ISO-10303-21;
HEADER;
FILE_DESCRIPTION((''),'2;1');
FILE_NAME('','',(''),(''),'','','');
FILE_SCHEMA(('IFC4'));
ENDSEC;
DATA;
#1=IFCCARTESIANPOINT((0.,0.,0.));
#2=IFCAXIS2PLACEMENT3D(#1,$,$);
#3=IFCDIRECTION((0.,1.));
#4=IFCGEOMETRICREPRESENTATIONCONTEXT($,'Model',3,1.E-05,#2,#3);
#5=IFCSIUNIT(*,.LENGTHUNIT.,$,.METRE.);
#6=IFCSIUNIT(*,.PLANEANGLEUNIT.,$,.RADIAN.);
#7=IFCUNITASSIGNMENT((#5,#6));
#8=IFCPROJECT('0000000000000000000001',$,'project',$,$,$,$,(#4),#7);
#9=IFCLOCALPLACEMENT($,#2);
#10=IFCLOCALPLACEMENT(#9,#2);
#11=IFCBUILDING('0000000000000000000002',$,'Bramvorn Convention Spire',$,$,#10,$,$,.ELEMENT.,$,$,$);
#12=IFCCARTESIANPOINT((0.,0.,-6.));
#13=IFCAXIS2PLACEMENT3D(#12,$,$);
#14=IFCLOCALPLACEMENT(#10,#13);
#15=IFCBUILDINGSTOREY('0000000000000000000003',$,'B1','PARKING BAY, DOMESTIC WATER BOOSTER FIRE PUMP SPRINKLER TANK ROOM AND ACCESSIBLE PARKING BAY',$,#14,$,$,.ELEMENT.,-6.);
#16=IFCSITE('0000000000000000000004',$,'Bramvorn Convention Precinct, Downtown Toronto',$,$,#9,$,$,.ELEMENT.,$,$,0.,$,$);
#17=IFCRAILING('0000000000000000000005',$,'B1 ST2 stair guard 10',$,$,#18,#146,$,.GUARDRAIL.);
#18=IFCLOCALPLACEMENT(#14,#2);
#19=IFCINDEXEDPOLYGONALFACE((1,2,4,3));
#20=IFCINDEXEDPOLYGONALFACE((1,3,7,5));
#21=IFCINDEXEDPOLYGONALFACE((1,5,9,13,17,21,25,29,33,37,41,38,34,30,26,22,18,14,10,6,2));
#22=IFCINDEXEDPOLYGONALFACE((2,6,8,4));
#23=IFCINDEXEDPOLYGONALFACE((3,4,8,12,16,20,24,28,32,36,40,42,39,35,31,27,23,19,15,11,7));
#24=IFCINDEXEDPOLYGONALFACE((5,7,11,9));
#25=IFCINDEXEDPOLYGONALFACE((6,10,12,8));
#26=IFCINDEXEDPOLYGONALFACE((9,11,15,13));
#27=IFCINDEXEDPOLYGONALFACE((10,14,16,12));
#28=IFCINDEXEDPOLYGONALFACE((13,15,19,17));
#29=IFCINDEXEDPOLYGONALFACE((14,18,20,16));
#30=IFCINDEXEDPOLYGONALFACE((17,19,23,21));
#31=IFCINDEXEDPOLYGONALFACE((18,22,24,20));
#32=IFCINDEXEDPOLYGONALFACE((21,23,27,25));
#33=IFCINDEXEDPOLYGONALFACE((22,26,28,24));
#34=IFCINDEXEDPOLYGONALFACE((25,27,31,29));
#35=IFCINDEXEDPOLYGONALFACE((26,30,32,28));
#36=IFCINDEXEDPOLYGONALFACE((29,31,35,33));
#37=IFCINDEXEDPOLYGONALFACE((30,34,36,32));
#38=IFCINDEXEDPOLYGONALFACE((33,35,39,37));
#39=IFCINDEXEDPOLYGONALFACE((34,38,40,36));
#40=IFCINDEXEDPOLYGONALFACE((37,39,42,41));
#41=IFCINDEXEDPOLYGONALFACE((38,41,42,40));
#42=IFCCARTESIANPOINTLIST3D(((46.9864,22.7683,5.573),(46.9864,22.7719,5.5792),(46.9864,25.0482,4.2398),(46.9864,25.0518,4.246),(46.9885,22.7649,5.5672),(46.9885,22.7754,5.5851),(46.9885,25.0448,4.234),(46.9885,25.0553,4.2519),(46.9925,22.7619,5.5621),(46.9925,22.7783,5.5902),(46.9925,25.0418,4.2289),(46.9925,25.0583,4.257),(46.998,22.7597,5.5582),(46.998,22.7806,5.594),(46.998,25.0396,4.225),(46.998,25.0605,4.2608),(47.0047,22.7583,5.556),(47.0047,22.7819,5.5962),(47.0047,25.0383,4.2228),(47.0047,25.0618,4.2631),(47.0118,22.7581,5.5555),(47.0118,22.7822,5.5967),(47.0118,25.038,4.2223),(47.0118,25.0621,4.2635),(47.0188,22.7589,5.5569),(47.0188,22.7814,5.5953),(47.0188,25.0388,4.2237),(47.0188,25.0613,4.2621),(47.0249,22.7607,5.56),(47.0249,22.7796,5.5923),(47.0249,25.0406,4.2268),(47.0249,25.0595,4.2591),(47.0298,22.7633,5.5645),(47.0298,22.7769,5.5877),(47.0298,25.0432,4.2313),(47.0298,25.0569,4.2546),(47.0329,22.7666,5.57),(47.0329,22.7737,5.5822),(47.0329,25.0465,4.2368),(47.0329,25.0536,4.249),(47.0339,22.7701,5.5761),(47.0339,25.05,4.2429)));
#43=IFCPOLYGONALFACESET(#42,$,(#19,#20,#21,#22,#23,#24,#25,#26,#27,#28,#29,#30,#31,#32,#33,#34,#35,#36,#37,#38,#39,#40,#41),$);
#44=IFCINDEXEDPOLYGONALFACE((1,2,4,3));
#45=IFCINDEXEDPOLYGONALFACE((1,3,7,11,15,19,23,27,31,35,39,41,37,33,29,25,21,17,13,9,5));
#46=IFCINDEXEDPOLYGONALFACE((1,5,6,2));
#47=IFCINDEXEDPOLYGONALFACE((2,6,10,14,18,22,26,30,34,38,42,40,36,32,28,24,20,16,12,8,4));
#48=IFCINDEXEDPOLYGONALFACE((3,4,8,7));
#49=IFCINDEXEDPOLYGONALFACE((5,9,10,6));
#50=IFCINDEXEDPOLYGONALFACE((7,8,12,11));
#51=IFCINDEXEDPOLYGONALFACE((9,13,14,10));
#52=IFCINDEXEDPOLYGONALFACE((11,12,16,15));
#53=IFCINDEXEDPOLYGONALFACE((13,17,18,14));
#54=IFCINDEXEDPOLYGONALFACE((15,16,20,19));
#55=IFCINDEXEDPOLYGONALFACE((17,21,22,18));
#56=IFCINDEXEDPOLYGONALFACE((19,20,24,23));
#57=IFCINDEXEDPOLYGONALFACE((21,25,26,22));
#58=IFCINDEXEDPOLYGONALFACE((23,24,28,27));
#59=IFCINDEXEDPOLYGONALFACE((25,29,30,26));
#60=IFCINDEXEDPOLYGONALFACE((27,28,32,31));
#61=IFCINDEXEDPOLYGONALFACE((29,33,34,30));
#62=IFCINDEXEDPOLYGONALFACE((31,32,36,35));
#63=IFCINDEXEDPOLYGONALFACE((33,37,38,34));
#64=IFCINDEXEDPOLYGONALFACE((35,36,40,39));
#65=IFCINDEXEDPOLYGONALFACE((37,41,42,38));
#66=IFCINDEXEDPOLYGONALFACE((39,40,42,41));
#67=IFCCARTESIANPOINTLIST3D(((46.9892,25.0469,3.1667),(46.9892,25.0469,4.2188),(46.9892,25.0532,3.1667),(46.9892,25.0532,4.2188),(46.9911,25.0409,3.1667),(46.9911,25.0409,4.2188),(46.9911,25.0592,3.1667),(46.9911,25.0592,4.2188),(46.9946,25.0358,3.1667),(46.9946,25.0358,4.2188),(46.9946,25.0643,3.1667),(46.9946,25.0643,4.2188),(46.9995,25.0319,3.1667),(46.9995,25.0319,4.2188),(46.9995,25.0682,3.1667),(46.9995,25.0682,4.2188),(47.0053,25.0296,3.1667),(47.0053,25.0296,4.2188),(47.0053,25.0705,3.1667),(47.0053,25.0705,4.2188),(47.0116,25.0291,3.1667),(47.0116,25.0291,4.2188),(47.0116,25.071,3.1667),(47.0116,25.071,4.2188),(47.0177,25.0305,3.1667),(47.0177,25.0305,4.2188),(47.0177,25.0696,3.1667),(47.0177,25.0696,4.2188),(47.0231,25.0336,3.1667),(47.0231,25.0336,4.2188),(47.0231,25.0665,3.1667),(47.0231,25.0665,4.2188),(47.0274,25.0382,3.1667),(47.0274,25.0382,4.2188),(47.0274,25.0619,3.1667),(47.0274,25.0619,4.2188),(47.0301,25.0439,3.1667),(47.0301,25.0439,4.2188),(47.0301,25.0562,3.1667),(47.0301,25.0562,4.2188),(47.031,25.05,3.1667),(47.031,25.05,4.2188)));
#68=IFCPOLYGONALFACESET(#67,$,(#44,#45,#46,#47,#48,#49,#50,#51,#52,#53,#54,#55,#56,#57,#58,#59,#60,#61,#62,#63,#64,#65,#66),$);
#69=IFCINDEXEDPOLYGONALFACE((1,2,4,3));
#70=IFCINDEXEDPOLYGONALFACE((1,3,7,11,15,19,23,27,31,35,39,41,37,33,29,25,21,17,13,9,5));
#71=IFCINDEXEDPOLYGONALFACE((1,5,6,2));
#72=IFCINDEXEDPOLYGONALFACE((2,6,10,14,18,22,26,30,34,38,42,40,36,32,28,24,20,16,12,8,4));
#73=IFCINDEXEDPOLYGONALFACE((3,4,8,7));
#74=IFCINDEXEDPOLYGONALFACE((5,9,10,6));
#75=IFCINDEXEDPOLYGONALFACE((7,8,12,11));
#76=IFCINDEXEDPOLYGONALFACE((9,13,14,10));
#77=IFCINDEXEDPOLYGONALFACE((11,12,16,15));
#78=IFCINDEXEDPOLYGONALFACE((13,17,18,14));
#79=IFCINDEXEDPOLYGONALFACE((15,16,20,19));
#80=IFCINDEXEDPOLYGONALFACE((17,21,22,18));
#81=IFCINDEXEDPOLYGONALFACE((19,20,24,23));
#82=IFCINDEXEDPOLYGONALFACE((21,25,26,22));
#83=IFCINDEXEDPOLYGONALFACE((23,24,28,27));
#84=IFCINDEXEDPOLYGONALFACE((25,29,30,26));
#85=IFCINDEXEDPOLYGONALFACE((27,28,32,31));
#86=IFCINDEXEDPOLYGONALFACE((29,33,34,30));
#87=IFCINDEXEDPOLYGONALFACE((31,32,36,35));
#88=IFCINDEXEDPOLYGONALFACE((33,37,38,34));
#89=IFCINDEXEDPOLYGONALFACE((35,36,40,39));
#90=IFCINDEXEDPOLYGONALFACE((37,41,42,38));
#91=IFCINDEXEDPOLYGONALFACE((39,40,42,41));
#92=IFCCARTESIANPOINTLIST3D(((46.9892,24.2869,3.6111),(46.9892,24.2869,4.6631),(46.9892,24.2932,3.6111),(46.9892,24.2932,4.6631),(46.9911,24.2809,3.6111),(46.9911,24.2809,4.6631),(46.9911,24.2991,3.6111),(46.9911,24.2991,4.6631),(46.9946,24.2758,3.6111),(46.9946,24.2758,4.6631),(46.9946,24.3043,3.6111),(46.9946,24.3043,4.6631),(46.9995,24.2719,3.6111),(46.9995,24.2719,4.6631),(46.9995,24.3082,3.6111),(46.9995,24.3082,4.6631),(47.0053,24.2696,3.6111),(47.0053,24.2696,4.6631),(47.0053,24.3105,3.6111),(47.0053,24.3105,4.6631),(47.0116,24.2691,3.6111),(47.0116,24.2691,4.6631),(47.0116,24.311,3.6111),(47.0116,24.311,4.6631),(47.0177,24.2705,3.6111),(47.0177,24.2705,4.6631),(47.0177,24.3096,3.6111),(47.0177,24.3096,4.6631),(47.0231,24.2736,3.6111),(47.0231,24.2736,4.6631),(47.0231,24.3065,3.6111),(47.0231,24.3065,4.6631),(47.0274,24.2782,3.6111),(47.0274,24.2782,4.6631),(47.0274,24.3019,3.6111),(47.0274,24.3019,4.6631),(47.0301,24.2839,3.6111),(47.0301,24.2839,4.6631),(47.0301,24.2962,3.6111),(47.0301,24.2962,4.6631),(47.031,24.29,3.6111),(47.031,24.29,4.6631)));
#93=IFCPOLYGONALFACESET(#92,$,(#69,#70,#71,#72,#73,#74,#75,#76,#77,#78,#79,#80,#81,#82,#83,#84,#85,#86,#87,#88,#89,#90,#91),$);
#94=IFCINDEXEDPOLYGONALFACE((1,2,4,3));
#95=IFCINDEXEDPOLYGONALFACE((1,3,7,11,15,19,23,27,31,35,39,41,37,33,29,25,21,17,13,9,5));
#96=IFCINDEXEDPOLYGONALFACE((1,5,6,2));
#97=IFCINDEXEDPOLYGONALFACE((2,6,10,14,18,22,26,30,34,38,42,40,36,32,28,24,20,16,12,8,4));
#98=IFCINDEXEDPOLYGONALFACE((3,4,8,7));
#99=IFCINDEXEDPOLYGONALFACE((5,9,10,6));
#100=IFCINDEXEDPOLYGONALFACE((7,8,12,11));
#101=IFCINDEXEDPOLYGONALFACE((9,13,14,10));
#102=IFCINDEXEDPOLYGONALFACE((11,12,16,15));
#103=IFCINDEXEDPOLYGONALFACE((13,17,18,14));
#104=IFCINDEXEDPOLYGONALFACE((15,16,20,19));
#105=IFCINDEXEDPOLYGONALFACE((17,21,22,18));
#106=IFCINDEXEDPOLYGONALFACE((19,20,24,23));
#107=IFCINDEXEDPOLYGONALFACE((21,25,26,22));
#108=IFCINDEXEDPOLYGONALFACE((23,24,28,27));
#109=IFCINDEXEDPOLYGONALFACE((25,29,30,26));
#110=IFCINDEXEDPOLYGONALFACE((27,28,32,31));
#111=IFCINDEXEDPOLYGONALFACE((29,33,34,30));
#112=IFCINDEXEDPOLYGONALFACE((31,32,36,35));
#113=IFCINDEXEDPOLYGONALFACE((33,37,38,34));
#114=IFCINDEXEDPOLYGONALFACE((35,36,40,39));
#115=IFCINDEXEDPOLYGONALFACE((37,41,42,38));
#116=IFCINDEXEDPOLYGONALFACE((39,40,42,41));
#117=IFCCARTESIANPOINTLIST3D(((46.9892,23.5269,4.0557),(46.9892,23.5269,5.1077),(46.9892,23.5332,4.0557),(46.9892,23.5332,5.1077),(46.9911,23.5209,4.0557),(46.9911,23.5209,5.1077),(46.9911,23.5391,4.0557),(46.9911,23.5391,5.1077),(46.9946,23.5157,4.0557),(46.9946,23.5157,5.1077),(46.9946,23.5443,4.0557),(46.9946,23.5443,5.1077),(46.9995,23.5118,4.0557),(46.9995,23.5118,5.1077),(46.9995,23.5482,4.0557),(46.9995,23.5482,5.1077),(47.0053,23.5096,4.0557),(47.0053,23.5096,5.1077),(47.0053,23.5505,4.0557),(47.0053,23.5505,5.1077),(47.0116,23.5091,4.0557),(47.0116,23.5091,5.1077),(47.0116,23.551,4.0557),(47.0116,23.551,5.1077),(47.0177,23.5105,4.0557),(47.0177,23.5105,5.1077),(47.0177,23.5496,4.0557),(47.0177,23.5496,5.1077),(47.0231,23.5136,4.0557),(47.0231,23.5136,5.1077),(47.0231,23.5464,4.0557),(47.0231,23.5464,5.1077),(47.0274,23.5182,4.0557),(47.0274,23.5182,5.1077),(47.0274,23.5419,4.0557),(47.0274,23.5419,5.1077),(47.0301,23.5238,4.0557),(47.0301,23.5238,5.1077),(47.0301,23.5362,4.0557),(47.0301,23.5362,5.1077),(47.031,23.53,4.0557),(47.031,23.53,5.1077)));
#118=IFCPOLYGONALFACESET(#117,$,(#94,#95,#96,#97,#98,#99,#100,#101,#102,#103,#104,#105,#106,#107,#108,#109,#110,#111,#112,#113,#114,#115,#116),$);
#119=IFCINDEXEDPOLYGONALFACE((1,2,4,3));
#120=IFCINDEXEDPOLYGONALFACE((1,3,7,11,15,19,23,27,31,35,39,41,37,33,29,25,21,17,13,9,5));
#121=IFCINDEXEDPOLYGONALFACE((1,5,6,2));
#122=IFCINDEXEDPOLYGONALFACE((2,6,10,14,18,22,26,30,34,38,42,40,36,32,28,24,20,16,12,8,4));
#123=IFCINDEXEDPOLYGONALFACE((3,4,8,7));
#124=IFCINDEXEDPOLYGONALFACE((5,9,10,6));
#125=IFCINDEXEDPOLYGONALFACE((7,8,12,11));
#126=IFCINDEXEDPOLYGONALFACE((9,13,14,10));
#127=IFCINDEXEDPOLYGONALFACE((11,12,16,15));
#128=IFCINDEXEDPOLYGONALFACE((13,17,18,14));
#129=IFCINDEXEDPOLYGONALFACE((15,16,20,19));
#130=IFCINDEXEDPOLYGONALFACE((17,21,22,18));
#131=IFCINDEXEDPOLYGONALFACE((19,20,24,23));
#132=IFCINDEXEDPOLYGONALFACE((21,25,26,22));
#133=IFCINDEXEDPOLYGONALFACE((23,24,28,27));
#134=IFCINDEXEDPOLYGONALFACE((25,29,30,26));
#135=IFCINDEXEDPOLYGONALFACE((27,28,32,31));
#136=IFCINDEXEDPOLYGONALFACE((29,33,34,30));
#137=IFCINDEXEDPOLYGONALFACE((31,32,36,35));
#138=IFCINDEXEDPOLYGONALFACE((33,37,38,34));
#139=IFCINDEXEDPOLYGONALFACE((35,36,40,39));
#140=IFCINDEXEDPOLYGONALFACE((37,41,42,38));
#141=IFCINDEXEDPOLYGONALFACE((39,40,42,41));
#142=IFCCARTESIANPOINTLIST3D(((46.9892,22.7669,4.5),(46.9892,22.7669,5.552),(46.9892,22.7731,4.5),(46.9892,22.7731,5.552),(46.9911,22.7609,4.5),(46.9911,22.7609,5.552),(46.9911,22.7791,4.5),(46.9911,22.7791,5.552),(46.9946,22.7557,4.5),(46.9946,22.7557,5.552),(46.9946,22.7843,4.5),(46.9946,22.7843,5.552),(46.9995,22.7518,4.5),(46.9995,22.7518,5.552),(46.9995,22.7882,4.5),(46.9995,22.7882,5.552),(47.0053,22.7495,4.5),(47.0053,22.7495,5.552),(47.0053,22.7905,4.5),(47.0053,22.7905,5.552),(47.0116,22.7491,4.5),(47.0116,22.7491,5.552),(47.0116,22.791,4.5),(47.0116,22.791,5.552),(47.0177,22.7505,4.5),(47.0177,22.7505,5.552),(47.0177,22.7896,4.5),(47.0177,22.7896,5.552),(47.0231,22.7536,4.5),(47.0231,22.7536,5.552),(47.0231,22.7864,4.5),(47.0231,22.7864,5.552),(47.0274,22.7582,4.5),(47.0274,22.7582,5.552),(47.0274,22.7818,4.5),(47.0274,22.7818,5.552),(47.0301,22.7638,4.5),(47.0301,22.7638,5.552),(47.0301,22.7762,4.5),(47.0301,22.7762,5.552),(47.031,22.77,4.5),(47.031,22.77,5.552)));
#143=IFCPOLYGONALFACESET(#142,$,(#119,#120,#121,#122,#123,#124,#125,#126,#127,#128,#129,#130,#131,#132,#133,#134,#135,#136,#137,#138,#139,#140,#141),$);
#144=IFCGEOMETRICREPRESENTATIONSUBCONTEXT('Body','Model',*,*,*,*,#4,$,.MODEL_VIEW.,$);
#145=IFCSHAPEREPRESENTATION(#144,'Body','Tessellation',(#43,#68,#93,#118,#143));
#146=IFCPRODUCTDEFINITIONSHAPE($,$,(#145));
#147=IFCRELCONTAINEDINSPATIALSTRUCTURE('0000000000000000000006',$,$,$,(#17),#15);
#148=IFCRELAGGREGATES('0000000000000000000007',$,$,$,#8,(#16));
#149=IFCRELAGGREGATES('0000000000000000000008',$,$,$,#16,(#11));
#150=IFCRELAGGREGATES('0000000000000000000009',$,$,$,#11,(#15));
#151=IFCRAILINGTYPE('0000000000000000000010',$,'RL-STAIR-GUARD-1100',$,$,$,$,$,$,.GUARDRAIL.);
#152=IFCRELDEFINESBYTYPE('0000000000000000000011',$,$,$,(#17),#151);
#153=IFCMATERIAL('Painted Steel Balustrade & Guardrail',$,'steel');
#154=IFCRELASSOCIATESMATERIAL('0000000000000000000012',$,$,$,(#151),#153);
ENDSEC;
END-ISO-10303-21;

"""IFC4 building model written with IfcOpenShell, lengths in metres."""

from ifc_helpers import new_model, si_unit, direction, frame, origin, origin_2d, place, context, subcontext, project, spatial, circle, extrude, material, type_object, element, save


model = new_model("IFC4")

# Units and contexts
model_context = context("Model", 3, precision=1e-05, world=origin(), true_north=direction((0.0, 1.0)))
body_context = subcontext(model_context, "Body", "Model", "MODEL_VIEW")
ifc_project = project(units=[si_unit("LENGTHUNIT", "METRE"), si_unit("PLANEANGLEUNIT", "RADIAN")], contexts=[model_context])

# Site, building, storey
site_placement = place(None, origin())
site = spatial("IfcSite", under=ifc_project, at=site_placement, Name="Bramvorn Convention Precinct, Downtown Toronto", CompositionType="ELEMENT", RefElevation=0.0)
building_placement = place(site_placement, origin())
building = spatial("IfcBuilding", under=site, at=building_placement, Name="Bramvorn Convention Spire", CompositionType="ELEMENT")
storey_placement = place(building_placement, frame((0.0, 0.0, -6.0)))
storey = spatial("IfcBuildingStorey", under=building, at=storey_placement, Name="B1", Description="PARKING BAY, DOMESTIC WATER BOOSTER FIRE PUMP SPRINKLER TANK ROOM AND ACCESSIBLE PARKING BAY", CompositionType="ELEMENT", Elevation=-6.0)

# Railing
ifc_material_1 = material(Name="Painted Steel Balustrade & Guardrail", Category="steel")
railing_type_1 = type_object("IfcRailingType", Name="RL-STAIR-GUARD-1100", PredefinedType="GUARDRAIL", material=ifc_material_1)
railing_1_placement = place(storey_placement, frame((47.01, 25.05, 3.1667)))
element("IfcRailing", 1, at=railing_1_placement, inside=storey, type_object=railing_type_1, Name="B1 ST2 stair guard 10", PredefinedType="GUARDRAIL", context=body_context, shape_type="SweptSolid", body=[
    extrude(circle(Radius=0.0239, at=origin_2d()), frame((0.0, 0.0, 1.0762), z_axis=(0.0, -0.863245, 0.504785), x_axis=(1.0, 0.0, 0.0)), (0.0, 0.0, 1.0), 2.6411),
    extrude(circle(Radius=0.021, at=origin_2d()), origin(), (0.0, 0.0, 1.0), 1.052),
    extrude(circle(Radius=0.021, at=origin_2d()), frame((0.0, -0.76, 0.4443)), (0.0, 0.0, 1.0), 1.052),
    extrude(circle(Radius=0.021, at=origin_2d()), frame((0.0, -1.52, 0.8889)), (0.0, 0.0, 1.0), 1.052),
    extrude(circle(Radius=0.021, at=origin_2d()), frame((0.0, -2.28, 1.3333)), (0.0, 0.0, 1.0), 1.052),
])

save(model, "model.ifc")
